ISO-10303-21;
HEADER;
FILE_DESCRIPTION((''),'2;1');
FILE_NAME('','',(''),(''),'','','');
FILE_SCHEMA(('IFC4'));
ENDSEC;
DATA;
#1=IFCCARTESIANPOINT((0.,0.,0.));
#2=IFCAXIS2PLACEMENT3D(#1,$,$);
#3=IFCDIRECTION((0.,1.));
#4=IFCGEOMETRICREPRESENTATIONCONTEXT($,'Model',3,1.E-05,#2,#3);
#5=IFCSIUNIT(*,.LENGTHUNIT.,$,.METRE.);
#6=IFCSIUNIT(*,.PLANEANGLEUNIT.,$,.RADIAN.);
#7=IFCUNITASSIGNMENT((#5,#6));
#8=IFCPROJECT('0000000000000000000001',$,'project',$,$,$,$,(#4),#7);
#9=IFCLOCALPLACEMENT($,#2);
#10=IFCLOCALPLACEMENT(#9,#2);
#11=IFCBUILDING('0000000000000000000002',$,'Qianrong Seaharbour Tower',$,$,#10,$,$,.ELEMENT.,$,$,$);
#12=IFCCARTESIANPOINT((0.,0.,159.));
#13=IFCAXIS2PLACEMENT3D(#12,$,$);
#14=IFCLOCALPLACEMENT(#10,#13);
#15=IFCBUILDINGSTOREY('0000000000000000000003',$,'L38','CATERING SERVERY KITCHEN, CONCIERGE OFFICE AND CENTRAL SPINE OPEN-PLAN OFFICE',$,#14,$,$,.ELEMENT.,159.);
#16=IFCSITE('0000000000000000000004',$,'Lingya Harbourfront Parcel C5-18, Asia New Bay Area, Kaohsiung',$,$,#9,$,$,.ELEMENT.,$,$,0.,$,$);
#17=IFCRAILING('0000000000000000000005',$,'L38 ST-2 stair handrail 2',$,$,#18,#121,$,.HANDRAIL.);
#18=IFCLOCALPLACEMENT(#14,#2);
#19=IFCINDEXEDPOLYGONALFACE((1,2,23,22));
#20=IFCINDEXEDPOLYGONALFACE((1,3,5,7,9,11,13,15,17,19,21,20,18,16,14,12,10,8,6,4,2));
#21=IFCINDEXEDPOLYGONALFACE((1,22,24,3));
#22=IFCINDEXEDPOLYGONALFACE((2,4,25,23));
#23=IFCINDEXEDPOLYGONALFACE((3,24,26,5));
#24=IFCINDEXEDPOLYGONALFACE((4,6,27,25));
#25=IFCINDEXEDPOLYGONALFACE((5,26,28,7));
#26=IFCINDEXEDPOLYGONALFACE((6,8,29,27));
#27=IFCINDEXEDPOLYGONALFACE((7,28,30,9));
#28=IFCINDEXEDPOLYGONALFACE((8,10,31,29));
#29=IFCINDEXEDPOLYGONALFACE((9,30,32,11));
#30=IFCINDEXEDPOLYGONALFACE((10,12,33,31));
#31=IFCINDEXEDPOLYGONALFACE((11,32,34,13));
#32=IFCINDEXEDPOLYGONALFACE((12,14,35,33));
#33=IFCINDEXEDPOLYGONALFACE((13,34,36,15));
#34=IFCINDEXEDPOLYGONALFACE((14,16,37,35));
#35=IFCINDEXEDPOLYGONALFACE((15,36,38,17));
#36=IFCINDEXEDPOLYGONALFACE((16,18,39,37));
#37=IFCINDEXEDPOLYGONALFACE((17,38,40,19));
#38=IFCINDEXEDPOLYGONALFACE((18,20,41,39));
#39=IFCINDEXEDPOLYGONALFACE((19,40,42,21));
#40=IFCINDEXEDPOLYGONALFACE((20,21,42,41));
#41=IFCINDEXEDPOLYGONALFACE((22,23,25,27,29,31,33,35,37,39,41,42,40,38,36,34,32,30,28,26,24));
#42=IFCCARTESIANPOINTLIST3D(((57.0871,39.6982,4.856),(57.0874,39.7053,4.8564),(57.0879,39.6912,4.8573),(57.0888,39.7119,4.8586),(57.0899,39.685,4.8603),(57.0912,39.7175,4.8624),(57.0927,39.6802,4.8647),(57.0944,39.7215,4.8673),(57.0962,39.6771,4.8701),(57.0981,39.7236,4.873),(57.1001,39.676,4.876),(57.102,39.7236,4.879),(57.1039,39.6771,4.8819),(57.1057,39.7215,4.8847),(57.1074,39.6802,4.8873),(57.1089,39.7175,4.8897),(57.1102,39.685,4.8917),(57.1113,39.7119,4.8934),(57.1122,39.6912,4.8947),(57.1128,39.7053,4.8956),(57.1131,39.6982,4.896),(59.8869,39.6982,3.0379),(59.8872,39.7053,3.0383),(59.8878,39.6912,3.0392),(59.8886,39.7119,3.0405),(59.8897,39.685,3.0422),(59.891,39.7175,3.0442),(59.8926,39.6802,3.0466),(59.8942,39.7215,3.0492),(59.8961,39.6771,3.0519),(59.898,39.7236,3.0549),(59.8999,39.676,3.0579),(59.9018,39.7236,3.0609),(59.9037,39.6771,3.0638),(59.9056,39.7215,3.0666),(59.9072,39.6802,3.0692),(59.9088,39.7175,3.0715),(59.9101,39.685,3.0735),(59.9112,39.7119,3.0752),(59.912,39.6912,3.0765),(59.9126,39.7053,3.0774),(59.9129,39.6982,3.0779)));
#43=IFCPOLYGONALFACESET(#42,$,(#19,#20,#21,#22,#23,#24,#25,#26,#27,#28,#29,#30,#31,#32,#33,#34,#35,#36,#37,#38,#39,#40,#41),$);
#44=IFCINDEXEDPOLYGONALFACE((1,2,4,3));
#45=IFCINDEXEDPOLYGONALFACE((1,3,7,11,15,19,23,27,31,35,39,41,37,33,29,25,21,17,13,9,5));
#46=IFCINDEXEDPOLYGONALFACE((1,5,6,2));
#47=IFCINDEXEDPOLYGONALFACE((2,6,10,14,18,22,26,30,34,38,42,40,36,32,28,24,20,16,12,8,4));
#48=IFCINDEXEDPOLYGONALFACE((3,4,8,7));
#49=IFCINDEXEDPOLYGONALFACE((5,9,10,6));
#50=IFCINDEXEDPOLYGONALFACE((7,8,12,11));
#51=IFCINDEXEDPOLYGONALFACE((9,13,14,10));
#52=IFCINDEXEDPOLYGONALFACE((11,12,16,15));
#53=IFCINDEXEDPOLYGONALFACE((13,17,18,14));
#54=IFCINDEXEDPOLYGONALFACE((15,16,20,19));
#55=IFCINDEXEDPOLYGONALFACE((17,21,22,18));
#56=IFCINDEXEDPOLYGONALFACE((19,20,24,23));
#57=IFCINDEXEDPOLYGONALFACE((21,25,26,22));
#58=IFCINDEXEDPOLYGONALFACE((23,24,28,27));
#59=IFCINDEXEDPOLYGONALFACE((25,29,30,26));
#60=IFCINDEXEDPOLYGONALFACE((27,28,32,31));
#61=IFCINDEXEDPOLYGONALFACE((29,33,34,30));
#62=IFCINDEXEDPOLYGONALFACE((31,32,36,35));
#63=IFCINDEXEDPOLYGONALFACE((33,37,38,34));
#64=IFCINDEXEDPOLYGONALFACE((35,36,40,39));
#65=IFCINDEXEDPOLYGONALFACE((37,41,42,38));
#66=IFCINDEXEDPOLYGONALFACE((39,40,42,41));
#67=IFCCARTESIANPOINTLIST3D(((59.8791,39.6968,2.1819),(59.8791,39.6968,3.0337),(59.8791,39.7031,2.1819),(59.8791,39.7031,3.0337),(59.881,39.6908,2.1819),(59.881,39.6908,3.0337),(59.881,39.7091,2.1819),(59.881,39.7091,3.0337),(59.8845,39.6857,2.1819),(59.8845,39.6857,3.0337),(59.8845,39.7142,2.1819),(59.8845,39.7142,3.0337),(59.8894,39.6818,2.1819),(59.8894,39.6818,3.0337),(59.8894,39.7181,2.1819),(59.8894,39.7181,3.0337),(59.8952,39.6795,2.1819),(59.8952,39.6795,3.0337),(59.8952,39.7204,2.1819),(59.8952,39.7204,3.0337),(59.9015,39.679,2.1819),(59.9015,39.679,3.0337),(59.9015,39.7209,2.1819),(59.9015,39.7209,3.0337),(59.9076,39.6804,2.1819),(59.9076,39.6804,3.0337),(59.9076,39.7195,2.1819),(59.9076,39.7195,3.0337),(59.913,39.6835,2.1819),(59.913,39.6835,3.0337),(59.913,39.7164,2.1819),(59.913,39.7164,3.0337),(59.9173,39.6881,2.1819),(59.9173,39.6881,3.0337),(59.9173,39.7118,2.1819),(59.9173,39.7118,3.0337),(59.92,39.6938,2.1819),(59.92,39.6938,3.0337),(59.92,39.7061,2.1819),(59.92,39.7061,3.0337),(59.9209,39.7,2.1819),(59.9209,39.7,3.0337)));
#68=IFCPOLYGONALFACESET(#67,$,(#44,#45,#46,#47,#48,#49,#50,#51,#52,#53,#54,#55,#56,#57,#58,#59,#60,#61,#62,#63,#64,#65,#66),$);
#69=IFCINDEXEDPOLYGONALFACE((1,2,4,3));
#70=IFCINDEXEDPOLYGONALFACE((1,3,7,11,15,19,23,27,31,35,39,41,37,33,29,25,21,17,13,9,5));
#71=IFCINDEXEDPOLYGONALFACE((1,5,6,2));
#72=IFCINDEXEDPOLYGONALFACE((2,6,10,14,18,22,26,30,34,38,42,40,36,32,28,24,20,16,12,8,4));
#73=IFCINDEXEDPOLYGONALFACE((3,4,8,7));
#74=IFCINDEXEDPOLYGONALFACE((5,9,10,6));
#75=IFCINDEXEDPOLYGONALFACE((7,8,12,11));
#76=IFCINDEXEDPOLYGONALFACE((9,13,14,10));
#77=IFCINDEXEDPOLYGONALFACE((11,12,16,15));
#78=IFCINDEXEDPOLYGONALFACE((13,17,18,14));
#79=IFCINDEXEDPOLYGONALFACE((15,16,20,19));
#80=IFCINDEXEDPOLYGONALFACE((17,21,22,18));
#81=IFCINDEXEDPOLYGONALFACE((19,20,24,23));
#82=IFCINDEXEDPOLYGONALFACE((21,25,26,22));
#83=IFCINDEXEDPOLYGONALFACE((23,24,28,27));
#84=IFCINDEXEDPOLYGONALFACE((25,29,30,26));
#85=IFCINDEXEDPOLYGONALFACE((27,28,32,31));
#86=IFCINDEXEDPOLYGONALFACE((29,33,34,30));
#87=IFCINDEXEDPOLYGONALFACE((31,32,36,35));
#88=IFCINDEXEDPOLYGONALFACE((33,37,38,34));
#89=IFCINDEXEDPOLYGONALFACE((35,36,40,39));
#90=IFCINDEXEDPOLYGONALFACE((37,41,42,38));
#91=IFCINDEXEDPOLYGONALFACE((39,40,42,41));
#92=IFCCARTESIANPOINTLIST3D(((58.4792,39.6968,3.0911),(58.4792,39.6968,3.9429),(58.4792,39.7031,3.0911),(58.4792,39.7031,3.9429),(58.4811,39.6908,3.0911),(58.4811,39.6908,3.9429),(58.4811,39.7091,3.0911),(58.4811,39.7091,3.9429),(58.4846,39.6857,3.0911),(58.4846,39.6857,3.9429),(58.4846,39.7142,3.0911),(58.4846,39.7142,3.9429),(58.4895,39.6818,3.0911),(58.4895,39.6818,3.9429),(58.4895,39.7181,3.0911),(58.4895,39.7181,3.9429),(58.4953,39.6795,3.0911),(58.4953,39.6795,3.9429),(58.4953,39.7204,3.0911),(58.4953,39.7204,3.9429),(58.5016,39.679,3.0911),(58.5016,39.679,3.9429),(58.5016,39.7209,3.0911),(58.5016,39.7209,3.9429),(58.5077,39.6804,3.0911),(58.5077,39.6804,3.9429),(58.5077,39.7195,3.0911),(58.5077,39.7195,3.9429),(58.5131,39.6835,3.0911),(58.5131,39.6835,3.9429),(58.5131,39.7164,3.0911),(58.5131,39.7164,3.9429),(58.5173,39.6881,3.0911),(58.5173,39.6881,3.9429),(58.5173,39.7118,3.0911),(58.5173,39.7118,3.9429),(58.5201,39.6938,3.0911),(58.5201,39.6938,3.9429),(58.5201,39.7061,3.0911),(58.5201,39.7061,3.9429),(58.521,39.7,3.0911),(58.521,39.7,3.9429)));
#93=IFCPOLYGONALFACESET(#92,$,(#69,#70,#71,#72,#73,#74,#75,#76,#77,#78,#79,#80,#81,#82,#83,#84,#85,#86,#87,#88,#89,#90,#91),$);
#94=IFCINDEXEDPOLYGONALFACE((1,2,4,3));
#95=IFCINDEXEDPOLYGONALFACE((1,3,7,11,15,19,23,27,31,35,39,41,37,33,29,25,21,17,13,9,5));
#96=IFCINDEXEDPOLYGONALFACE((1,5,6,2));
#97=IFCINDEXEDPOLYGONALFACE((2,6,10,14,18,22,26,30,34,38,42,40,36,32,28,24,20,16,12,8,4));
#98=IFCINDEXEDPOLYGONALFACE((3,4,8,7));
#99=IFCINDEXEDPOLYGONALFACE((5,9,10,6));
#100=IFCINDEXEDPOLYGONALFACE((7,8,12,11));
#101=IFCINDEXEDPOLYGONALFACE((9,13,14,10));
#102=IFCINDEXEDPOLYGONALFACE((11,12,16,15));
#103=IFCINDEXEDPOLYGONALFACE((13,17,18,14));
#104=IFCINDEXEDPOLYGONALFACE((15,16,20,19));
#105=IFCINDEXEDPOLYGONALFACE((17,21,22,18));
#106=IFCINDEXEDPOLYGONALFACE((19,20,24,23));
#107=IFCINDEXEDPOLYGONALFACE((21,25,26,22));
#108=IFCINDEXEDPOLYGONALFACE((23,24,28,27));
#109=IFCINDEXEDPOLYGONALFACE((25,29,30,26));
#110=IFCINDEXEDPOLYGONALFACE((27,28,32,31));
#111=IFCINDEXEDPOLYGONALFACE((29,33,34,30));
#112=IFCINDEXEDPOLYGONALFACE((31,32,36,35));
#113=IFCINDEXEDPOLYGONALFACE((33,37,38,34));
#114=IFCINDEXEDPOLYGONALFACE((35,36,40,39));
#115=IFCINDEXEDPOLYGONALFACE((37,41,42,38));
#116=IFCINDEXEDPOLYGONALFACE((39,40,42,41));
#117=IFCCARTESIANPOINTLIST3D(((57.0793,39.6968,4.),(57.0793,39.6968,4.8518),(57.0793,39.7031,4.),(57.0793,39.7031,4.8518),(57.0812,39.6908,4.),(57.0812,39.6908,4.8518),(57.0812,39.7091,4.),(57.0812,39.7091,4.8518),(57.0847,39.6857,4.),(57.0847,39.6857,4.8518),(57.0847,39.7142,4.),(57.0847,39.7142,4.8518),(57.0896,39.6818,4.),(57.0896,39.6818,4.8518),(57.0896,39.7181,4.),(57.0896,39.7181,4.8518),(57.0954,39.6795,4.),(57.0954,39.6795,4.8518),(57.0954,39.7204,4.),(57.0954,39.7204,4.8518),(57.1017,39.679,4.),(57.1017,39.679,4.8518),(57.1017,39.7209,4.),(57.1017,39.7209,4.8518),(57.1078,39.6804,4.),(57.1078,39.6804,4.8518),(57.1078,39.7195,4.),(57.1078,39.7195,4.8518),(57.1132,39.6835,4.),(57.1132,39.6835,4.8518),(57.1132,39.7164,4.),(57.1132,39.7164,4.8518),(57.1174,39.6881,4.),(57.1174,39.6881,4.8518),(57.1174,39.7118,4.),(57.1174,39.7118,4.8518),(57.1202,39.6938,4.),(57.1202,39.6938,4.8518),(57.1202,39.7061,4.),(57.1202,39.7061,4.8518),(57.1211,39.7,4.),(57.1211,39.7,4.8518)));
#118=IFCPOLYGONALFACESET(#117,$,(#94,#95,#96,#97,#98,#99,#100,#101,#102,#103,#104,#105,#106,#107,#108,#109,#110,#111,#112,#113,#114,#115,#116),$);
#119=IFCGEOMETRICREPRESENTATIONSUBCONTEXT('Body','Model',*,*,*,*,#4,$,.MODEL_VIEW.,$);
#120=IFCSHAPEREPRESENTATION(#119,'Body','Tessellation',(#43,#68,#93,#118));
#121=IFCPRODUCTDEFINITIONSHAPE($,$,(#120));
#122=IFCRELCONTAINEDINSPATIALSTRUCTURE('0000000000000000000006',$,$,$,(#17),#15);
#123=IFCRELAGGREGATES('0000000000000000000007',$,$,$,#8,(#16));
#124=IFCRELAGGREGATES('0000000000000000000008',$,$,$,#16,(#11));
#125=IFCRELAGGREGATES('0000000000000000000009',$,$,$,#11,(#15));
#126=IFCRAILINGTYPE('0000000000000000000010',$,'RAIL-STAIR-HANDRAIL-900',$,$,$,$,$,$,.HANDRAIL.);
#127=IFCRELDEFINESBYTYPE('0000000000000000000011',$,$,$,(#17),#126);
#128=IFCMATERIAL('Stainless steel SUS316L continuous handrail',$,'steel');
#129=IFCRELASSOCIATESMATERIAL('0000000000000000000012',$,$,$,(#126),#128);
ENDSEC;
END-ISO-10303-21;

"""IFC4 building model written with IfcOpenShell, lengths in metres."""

from ifc_helpers import new_model, si_unit, direction, frame, origin, origin_2d, place, context, subcontext, project, spatial, circle, extrude, material, type_object, element, save


model = new_model("IFC4")

# Units and contexts
model_context = context("Model", 3, precision=1e-05, world=origin(), true_north=direction((0.0, 1.0)))
body_context = subcontext(model_context, "Body", "Model", "MODEL_VIEW")
ifc_project = project(units=[si_unit("LENGTHUNIT", "METRE"), si_unit("PLANEANGLEUNIT", "RADIAN")], contexts=[model_context])

# Site, building, storey
site_placement = place(None, origin())
site = spatial("IfcSite", under=ifc_project, at=site_placement, Name="Lingya Harbourfront Parcel C5-18, Asia New Bay Area, Kaohsiung", CompositionType="ELEMENT", RefElevation=0.0)
building_placement = place(site_placement, origin())
building = spatial("IfcBuilding", under=site, at=building_placement, Name="Qianrong Seaharbour Tower", CompositionType="ELEMENT")
storey_placement = place(building_placement, frame((0.0, 0.0, 159.0)))
storey = spatial("IfcBuildingStorey", under=building, at=storey_placement, Name="L38", Description="CATERING SERVERY KITCHEN, CONCIERGE OFFICE AND CENTRAL SPINE OPEN-PLAN OFFICE", CompositionType="ELEMENT", Elevation=159.0)

# Railing
ifc_material_1 = material(Name="Stainless steel SUS316L continuous handrail", Category="steel")
railing_type_1 = type_object("IfcRailingType", Name="RAIL-STAIR-HANDRAIL-900", PredefinedType="HANDRAIL", material=ifc_material_1)
railing_1_placement = place(storey_placement, frame((59.8999, 39.7, 2.1819)))
element("IfcRailing", 1, at=railing_1_placement, inside=storey, type_object=railing_type_1, Name="L38 ST-2 stair handrail 2", PredefinedType="HANDRAIL", context=body_context, shape_type="SweptSolid", body=[
    extrude(circle(Radius=0.0239, at=origin_2d()), frame((0.0, 0.0, 0.876), z_axis=(-0.838684, 0.0, 0.544618), x_axis=(0.0, -1.0, 0.0)), (0.0, 0.0, 1.0), 3.3384),
    extrude(circle(Radius=0.021, at=origin_2d()), origin(), (0.0, 0.0, 1.0), 0.8518),
    extrude(circle(Radius=0.021, at=origin_2d()), frame((-1.3999, 0.0, 0.9092)), (0.0, 0.0, 1.0), 0.8518),
    extrude(circle(Radius=0.021, at=origin_2d()), frame((-2.7998, 0.0, 1.8181)), (0.0, 0.0, 1.0), 0.8518),
])

save(model, "model.ifc")
